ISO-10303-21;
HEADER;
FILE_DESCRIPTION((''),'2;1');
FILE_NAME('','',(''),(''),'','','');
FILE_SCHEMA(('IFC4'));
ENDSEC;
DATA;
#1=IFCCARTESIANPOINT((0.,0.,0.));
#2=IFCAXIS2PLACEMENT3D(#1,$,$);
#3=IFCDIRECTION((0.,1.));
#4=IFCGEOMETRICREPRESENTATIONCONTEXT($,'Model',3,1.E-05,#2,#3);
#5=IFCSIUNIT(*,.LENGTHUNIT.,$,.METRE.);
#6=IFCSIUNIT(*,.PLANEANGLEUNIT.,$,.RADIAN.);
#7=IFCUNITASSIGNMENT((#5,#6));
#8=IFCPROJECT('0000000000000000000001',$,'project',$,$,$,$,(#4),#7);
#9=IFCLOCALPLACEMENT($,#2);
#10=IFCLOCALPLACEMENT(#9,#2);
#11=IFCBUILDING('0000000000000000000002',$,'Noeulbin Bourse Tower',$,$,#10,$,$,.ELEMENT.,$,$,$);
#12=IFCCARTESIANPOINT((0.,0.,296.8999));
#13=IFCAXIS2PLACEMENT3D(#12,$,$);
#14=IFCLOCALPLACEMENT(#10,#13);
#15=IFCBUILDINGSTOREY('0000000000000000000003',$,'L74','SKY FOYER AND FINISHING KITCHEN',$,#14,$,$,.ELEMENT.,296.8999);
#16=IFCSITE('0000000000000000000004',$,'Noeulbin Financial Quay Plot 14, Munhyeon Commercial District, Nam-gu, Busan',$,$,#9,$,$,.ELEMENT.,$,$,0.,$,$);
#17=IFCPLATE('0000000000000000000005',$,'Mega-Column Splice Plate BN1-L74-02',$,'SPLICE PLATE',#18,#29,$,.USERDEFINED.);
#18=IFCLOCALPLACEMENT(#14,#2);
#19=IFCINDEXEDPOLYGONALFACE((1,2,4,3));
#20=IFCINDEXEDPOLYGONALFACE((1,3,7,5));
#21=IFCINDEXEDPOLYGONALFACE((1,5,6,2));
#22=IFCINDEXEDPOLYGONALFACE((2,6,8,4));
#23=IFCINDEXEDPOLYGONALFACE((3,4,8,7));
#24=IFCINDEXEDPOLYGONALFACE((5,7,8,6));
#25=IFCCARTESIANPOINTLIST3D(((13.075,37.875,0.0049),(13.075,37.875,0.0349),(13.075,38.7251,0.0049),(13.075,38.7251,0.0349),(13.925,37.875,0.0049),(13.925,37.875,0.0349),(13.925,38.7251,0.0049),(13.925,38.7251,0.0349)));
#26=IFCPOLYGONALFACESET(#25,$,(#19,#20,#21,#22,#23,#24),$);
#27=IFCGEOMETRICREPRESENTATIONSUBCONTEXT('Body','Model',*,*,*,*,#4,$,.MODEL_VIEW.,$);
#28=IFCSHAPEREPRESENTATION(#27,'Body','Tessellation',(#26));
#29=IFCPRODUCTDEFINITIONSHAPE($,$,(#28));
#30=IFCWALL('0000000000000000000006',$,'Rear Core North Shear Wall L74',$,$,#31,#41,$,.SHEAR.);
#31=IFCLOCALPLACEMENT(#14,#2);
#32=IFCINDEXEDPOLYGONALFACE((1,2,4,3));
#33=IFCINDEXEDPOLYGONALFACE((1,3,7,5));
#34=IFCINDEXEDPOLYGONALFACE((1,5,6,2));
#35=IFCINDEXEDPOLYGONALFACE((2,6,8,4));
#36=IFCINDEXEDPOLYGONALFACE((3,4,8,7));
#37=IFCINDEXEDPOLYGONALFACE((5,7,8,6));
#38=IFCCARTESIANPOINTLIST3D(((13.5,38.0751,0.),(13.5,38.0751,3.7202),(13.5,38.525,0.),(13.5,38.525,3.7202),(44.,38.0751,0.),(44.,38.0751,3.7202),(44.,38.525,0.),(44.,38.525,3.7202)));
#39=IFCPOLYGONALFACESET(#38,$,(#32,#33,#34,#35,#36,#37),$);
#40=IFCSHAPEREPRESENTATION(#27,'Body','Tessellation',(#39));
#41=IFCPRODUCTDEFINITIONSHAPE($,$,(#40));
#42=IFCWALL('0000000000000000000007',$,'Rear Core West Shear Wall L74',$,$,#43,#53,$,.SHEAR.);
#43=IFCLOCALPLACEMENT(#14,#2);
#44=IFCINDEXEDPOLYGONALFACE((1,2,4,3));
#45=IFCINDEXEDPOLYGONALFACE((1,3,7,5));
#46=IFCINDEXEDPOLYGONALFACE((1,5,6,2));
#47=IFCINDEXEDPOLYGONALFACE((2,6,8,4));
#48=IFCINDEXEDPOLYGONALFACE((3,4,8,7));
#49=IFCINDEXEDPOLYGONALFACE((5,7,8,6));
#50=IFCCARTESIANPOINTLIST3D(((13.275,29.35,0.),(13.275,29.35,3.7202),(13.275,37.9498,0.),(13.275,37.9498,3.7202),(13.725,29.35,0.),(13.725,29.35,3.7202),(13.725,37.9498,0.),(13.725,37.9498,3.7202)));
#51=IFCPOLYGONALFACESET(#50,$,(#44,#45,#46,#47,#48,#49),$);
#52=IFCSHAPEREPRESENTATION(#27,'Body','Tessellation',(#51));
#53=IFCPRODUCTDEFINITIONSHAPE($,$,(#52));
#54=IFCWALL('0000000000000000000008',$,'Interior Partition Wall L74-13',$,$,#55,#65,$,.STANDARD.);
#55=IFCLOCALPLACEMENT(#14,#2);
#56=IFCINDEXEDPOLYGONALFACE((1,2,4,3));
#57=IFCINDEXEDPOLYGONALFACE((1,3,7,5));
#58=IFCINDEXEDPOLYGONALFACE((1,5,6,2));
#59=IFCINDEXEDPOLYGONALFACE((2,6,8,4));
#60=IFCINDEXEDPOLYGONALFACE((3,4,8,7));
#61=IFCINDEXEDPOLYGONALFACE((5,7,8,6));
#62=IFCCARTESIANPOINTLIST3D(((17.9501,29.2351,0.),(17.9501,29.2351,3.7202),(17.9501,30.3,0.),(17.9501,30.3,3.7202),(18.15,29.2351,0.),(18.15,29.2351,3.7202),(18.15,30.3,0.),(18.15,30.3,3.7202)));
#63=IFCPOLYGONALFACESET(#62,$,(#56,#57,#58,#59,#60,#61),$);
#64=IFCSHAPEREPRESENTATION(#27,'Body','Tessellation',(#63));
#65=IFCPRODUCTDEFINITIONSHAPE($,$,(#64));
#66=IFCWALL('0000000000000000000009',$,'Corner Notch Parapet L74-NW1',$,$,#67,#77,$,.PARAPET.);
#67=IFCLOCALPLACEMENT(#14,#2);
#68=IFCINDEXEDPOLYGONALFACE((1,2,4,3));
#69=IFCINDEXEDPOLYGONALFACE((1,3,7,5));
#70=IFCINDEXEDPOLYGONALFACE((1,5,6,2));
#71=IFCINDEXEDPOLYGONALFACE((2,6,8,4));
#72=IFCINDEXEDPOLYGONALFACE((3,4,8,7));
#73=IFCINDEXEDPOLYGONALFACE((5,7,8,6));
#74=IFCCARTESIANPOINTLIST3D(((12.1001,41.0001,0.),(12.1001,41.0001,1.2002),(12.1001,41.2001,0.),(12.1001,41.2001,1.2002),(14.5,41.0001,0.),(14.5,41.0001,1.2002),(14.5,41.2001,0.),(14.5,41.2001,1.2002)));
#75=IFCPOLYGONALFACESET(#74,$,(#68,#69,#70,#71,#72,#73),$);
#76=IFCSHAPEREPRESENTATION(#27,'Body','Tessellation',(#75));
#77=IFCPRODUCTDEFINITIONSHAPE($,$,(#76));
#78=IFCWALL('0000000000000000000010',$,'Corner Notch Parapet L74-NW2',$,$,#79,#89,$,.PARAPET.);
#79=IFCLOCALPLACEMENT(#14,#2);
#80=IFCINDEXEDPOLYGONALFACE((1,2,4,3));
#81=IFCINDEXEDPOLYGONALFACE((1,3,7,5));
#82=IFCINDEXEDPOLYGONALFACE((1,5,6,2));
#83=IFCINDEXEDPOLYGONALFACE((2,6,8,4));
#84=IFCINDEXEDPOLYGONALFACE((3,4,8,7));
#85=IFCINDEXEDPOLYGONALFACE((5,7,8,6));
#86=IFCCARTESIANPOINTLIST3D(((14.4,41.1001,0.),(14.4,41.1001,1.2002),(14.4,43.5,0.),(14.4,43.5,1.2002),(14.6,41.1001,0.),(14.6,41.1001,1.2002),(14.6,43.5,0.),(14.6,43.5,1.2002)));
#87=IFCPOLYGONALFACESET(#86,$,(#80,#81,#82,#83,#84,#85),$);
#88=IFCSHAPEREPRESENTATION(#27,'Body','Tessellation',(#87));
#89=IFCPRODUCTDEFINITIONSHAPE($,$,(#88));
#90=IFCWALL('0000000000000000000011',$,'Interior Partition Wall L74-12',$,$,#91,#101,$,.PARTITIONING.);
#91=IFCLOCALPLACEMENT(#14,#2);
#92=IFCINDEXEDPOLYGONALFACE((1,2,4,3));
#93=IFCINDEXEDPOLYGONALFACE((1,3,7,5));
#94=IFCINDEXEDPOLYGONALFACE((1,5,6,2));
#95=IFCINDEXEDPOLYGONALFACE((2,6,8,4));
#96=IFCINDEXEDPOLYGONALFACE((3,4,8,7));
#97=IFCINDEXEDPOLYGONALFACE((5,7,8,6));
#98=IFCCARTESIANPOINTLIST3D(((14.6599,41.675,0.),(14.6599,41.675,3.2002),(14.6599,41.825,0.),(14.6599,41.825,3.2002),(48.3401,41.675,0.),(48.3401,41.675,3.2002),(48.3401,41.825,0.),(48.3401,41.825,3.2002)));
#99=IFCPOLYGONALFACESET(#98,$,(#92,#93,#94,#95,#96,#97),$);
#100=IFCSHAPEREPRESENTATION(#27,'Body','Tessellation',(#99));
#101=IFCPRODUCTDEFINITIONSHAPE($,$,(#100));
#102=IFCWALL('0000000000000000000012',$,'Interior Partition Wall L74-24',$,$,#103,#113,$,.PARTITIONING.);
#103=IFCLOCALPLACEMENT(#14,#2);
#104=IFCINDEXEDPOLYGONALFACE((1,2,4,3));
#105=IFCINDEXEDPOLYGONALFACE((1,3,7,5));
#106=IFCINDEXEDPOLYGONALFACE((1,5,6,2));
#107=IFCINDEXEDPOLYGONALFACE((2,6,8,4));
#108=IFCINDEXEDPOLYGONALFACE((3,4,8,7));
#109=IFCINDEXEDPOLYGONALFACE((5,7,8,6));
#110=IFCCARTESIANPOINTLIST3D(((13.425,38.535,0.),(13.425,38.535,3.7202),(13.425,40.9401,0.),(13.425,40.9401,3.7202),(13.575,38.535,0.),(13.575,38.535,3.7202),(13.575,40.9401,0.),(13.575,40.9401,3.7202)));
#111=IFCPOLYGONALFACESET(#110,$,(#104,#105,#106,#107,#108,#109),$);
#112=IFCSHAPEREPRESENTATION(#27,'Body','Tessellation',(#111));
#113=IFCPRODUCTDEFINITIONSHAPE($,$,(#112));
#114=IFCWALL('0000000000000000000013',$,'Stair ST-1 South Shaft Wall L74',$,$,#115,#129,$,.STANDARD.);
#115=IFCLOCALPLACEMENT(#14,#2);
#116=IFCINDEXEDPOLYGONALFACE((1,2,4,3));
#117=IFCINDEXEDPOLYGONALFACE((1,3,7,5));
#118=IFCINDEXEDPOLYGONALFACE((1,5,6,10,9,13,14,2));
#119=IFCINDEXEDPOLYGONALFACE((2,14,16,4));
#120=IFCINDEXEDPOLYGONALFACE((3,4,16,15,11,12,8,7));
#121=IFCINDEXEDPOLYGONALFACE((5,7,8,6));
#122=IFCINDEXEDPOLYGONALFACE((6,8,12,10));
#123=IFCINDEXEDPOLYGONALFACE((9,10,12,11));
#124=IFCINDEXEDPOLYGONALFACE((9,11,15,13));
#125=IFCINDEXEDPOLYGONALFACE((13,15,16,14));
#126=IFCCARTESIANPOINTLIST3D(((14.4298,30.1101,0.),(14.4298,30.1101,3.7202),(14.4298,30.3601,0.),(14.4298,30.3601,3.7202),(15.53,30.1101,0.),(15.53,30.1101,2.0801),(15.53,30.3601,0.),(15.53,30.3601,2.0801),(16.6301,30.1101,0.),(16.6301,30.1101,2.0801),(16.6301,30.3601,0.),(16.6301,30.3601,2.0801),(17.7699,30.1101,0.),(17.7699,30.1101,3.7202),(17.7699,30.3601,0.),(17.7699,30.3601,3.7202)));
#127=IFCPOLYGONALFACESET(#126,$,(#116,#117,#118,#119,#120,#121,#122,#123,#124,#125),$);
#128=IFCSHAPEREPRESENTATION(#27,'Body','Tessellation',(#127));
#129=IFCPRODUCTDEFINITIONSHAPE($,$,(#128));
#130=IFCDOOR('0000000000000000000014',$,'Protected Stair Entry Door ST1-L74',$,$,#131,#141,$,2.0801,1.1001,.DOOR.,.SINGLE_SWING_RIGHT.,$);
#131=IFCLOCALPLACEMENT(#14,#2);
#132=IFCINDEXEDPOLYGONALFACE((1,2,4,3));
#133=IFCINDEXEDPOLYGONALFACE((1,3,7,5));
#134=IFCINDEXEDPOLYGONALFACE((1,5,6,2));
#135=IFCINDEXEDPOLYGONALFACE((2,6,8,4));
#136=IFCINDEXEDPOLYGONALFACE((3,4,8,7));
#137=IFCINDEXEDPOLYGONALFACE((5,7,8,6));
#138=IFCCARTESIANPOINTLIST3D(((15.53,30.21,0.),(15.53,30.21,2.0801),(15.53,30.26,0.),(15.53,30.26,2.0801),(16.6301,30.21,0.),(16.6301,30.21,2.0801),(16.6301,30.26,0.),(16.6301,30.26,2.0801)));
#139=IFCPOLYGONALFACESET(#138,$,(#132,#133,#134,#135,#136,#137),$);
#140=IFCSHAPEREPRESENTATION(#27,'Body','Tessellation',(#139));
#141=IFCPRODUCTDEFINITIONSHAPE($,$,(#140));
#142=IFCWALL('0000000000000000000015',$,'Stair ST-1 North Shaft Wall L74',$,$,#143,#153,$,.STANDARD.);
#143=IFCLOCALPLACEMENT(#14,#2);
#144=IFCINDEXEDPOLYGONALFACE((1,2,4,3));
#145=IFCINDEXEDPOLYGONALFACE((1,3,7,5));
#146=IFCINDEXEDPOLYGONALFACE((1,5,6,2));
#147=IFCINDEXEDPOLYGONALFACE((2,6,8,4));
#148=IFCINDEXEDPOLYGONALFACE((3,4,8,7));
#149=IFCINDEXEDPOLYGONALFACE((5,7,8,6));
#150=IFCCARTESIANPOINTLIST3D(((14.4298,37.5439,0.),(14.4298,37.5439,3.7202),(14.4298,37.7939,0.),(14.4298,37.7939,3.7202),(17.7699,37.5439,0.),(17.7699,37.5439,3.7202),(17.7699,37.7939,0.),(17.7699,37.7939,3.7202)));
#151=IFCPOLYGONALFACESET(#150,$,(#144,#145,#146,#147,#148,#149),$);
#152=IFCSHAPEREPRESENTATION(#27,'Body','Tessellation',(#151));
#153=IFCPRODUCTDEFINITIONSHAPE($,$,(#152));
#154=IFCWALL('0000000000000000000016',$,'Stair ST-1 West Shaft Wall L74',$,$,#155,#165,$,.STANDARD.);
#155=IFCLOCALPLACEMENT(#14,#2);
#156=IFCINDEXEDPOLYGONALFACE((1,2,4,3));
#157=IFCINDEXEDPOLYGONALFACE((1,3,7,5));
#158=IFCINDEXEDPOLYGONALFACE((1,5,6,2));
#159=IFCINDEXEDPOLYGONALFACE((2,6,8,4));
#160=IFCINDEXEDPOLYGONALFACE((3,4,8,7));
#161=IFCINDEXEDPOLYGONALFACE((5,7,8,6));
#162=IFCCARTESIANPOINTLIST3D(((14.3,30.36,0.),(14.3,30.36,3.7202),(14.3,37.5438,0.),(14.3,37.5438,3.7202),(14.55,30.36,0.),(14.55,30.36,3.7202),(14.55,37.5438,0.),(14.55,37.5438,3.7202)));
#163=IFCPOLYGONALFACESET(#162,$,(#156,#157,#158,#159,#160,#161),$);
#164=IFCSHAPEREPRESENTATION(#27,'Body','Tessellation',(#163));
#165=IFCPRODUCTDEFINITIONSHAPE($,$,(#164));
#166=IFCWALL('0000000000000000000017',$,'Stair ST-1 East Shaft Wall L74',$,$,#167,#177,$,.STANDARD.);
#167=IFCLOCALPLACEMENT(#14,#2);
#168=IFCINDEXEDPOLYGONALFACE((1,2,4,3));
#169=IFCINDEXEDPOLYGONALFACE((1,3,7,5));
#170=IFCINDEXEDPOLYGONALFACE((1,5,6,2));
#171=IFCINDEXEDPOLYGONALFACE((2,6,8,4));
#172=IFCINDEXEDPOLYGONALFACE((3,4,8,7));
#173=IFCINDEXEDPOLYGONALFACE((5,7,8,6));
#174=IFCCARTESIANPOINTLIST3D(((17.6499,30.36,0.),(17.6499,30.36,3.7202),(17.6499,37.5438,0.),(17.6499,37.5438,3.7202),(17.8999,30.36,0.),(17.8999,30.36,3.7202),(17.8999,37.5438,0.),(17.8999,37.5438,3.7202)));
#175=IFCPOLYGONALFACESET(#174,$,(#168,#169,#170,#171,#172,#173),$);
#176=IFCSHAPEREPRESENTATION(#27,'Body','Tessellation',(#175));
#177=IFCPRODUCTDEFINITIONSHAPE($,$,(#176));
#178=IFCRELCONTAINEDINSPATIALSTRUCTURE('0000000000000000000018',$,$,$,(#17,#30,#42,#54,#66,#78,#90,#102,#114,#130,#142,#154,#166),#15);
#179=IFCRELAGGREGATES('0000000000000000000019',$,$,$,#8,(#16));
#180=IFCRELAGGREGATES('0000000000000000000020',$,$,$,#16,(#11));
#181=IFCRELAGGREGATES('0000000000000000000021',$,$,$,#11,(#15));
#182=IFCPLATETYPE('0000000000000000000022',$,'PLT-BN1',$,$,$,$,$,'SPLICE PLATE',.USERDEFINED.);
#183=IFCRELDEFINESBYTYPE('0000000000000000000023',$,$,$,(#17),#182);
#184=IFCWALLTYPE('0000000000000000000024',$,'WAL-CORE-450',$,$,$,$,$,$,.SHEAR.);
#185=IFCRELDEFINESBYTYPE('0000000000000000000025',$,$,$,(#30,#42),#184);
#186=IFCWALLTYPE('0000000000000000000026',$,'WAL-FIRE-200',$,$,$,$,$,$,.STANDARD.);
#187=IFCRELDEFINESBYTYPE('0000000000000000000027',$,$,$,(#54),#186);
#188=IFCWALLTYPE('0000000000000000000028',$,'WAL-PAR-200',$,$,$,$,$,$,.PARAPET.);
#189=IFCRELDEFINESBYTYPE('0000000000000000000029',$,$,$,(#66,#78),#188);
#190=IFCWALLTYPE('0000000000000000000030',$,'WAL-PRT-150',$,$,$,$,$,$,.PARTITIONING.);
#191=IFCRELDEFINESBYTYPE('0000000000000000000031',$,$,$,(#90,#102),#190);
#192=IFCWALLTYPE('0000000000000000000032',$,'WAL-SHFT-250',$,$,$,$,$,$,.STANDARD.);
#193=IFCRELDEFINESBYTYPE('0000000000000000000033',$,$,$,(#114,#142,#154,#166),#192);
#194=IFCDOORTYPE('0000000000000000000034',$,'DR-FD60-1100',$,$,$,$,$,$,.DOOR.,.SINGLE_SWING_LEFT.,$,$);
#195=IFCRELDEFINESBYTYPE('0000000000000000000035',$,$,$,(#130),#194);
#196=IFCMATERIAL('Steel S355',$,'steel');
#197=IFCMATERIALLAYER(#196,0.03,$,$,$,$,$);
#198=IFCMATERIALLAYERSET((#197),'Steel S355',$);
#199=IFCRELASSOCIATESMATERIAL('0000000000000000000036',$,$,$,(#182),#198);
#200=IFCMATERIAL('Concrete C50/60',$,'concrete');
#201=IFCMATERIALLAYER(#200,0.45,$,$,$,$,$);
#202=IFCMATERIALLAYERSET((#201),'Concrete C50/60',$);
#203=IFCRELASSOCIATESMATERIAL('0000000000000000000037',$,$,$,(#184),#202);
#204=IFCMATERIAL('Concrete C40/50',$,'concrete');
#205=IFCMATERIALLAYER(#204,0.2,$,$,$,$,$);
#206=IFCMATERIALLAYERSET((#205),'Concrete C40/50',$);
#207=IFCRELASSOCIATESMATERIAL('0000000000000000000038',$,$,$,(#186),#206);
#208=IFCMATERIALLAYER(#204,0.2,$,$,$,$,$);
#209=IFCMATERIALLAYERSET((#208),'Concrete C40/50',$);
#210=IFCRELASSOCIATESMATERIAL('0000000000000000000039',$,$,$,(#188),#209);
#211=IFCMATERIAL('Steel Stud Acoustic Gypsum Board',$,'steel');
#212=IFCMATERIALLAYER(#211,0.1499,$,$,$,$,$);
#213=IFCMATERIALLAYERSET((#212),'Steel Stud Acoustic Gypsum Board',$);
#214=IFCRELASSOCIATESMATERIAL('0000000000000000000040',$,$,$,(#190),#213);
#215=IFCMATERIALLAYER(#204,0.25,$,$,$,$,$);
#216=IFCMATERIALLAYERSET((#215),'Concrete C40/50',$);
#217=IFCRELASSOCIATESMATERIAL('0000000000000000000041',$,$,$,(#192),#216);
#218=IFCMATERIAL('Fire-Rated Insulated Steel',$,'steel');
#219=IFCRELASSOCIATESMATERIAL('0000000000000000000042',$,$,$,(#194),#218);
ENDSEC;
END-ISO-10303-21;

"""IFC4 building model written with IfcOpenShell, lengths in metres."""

from ifc_helpers import new_model, si_unit, direction, frame, frame_2d, origin, origin_2d, place, context, subcontext, project, spatial, rectangle, extrude, material, layer, layer_set, type_object, element, fill, save


model = new_model("IFC4")

# Units and contexts
model_context = context("Model", 3, precision=1e-05, world=origin(), true_north=direction((0.0, 1.0)))
body_context = subcontext(model_context, "Body", "Model", "MODEL_VIEW")
ifc_project = project(units=[si_unit("LENGTHUNIT", "METRE"), si_unit("PLANEANGLEUNIT", "RADIAN")], contexts=[model_context])

# Site, building, storey
site_placement = place(None, origin())
site = spatial("IfcSite", under=ifc_project, at=site_placement, Name="Noeulbin Financial Quay Plot 14, Munhyeon Commercial District, Nam-gu, Busan", CompositionType="ELEMENT", RefElevation=0.0)
building_placement = place(site_placement, origin())
building = spatial("IfcBuilding", under=site, at=building_placement, Name="Noeulbin Bourse Tower", CompositionType="ELEMENT")
storey_placement = place(building_placement, frame((0.0, 0.0, 296.8999)))
storey = spatial("IfcBuildingStorey", under=building, at=storey_placement, Name="L74", Description="SKY FOYER AND FINISHING KITCHEN", CompositionType="ELEMENT", Elevation=296.8999)

# Shared definitions
ifc_material_1 = material(Name="Steel S355", Category="steel")

# Plate
ifc_layer_1 = layer(ifc_material_1, 0.03)
ifc_layer_set_1 = layer_set([ifc_layer_1], Name="Steel S355")
plate_type_1 = type_object("IfcPlateType", Name="PLT-BN1", ElementType="SPLICE PLATE", PredefinedType="USERDEFINED", material=ifc_layer_set_1)
plate_1_placement = place(storey_placement, frame((13.5, 38.3, 0.0049), z_axis=(0.0, 0.0, 1.0), x_axis=(1.0, 0.0, 0.0)))
element("IfcPlate", 1, at=plate_1_placement, inside=storey, type_object=plate_type_1, Name="Mega-Column Splice Plate BN1-L74-02", ObjectType="SPLICE PLATE", PredefinedType="USERDEFINED", context=body_context, shape_type="SweptSolid", body=[
    extrude(rectangle(XDim=0.8501, YDim=0.8501, at=origin_2d()), origin(), (0.0, 0.0, 1.0), 0.03),
])

# Walls
ifc_material_2 = material(Name="Concrete C50/60", Category="concrete")
ifc_layer_2 = layer(ifc_material_2, 0.45)
ifc_layer_set_2 = layer_set([ifc_layer_2], Name="Concrete C50/60")
wall_type_1 = type_object("IfcWallType", Name="WAL-CORE-450", PredefinedType="SHEAR", material=ifc_layer_set_2)
wall_1_placement = place(storey_placement, frame((13.5, 38.3, 0.0), z_axis=(0.0, 0.0, 1.0), x_axis=(1.0, 0.0, 0.0)))
element("IfcWall", 2, at=wall_1_placement, inside=storey, type_object=wall_type_1, Name="Rear Core North Shear Wall L74", PredefinedType="SHEAR", context=body_context, shape_type="SweptSolid", body=[
    extrude(rectangle(XDim=30.5, YDim=0.45, at=frame_2d((15.25, 0.0))), origin(), (0.0, 0.0, 1.0), 3.7202),
])
wall_2_placement = place(storey_placement, frame((13.5, 29.3501, 0.0), z_axis=(0.0, 0.0, 1.0), x_axis=(0.0, 1.0, 0.0)))
element("IfcWall", 3, at=wall_2_placement, inside=storey, type_object=wall_type_1, Name="Rear Core West Shear Wall L74", PredefinedType="SHEAR", context=body_context, shape_type="SweptSolid", body=[
    extrude(rectangle(XDim=8.5999, YDim=0.45, at=frame_2d((4.2998, 0.0))), origin(), (0.0, 0.0, 1.0), 3.7202),
])
ifc_material_3 = material(Name="Concrete C40/50", Category="concrete")
ifc_layer_3 = layer(ifc_material_3, 0.2)
ifc_layer_set_3 = layer_set([ifc_layer_3], Name="Concrete C40/50")
wall_type_2 = type_object("IfcWallType", Name="WAL-FIRE-200", PredefinedType="STANDARD", material=ifc_layer_set_3)
wall_3_placement = place(storey_placement, frame((18.05, 29.2351, 0.0), z_axis=(0.0, 0.0, 1.0), x_axis=(0.0, 1.0, 0.0)))
element("IfcWall", 4, at=wall_3_placement, inside=storey, type_object=wall_type_2, Name="Interior Partition Wall L74-13", PredefinedType="STANDARD", context=body_context, shape_type="SweptSolid", body=[
    extrude(rectangle(XDim=1.0649, YDim=0.2, at=frame_2d((0.5325, 0.0))), origin(), (0.0, 0.0, 1.0), 3.7202),
])
ifc_layer_4 = layer(ifc_material_3, 0.2)
ifc_layer_set_4 = layer_set([ifc_layer_4], Name="Concrete C40/50")
wall_type_3 = type_object("IfcWallType", Name="WAL-PAR-200", PredefinedType="PARAPET", material=ifc_layer_set_4)
for number, where, z_axis, x_axis, name in (
    (5, (12.1001, 41.1001, 0.0), (0.0, 0.0, 1.0), (1.0, 0.0, 0.0), "Corner Notch Parapet L74-NW1"),
    (6, (14.5, 41.1001, 0.0), (0.0, 0.0, 1.0), (0.0, 1.0, 0.0), "Corner Notch Parapet L74-NW2"),
):
    element("IfcWall", number, at=place(storey_placement, frame(where, z_axis=z_axis, x_axis=x_axis)), inside=storey, type_object=wall_type_3, Name=name, PredefinedType="PARAPET", context=body_context, shape_type="SweptSolid", body=[
        extrude(rectangle(XDim=2.3999, YDim=0.2, at=frame_2d((1.2, 0.0))), origin(), (0.0, 0.0, 1.0), 1.2002),
    ])
ifc_material_4 = material(Name="Steel Stud Acoustic Gypsum Board", Category="steel")
ifc_layer_5 = layer(ifc_material_4, 0.1499)
ifc_layer_set_5 = layer_set([ifc_layer_5], Name="Steel Stud Acoustic Gypsum Board")
wall_type_4 = type_object("IfcWallType", Name="WAL-PRT-150", PredefinedType="PARTITIONING", material=ifc_layer_set_5)
wall_4_placement = place(storey_placement, frame((14.6599, 41.75, 0.0), z_axis=(0.0, 0.0, 1.0), x_axis=(1.0, 0.0, 0.0)))
element("IfcWall", 7, at=wall_4_placement, inside=storey, type_object=wall_type_4, Name="Interior Partition Wall L74-12", PredefinedType="PARTITIONING", context=body_context, shape_type="SweptSolid", body=[
    extrude(rectangle(XDim=33.6802, YDim=0.1499, at=frame_2d((16.8401, 0.0))), origin(), (0.0, 0.0, 1.0), 3.2002),
])
wall_5_placement = place(storey_placement, frame((13.5, 38.5349, 0.0), z_axis=(0.0, 0.0, 1.0), x_axis=(0.0, 1.0, 0.0)))
element("IfcWall", 8, at=wall_5_placement, inside=storey, type_object=wall_type_4, Name="Interior Partition Wall L74-24", PredefinedType="PARTITIONING", context=body_context, shape_type="SweptSolid", body=[
    extrude(rectangle(XDim=2.405, YDim=0.1499, at=frame_2d((1.2026, 0.0))), origin(), (0.0, 0.0, 1.0), 3.7202),
])

# Wall, opening, door
ifc_layer_6 = layer(ifc_material_3, 0.25)
ifc_layer_set_6 = layer_set([ifc_layer_6], Name="Concrete C40/50")
wall_type_5 = type_object("IfcWallType", Name="WAL-SHFT-250", PredefinedType="STANDARD", material=ifc_layer_set_6)
wall_6_placement = place(storey_placement, frame((14.4299, 30.2351, 0.0), z_axis=(0.0, 0.0, 1.0), x_axis=(1.0, 0.0, 0.0)))
wall_6 = element("IfcWall", 9, at=wall_6_placement, inside=storey, type_object=wall_type_5, Name="Stair ST-1 South Shaft Wall L74", PredefinedType="STANDARD", context=body_context, shape_type="SweptSolid", body=[
    extrude(rectangle(XDim=3.3401, YDim=0.25, at=frame_2d((1.6699, 0.0))), origin(), (0.0, 0.0, 1.0), 3.7202),
])
opening_1_placement = place(wall_6_placement, frame((1.1001, 0.0, 0.0)))
opening_1 = element("IfcOpeningElement", 10, at=opening_1_placement, cuts=wall_6, PredefinedType="OPENING", context=body_context, shape_type="SweptSolid", body=[
    extrude(rectangle(XDim=1.1001, YDim=2.0801, at=frame_2d((0.55, 1.04))), frame((0.0, 0.135, 0.0), z_axis=(0.0, -1.0, 0.0), x_axis=(1.0, 0.0, 0.0)), (0.0, 0.0, 1.0), 0.27),
])
ifc_material_5 = material(Name="Fire-Rated Insulated Steel", Category="steel")
door_type_1 = type_object("IfcDoorType", Name="DR-FD60-1100", OperationType="SINGLE_SWING_LEFT", PredefinedType="DOOR", material=ifc_material_5)
door_1_placement = place(opening_1_placement, origin())
door_1 = element("IfcDoor", 11, at=door_1_placement, inside=storey, type_object=door_type_1, Name="Protected Stair Entry Door ST1-L74", OperationType="SINGLE_SWING_RIGHT", OverallHeight=2.0801, OverallWidth=1.1001, PredefinedType="DOOR", context=body_context, shape_type="SweptSolid", body=[
    extrude(rectangle(XDim=1.1001, YDim=2.0801, at=frame_2d((0.55, 1.04))), frame((0.0, 0.0249, 0.0), z_axis=(0.0, -1.0, 0.0), x_axis=(1.0, 0.0, 0.0)), (0.0, 0.0, 1.0), 0.05),
])
fill(opening_1, door_1)

# Walls
wall_7_placement = place(storey_placement, frame((14.4299, 37.6689, 0.0), z_axis=(0.0, 0.0, 1.0), x_axis=(1.0, 0.0, 0.0)))
element("IfcWall", 12, at=wall_7_placement, inside=storey, type_object=wall_type_5, Name="Stair ST-1 North Shaft Wall L74", PredefinedType="STANDARD", context=body_context, shape_type="SweptSolid", body=[
    extrude(rectangle(XDim=3.3401, YDim=0.25, at=frame_2d((1.6699, 0.0))), origin(), (0.0, 0.0, 1.0), 3.7202),
])
for number, where, z_axis, x_axis, name in (
    (13, (14.425, 30.3601, 0.0), (0.0, 0.0, 1.0), (0.0, 1.0, 0.0), "Stair ST-1 West Shaft Wall L74"),
    (14, (17.7749, 30.3601, 0.0), (0.0, 0.0, 1.0), (0.0, 1.0, 0.0), "Stair ST-1 East Shaft Wall L74"),
):
    element("IfcWall", number, at=place(storey_placement, frame(where, z_axis=z_axis, x_axis=x_axis)), inside=storey, type_object=wall_type_5, Name=name, PredefinedType="STANDARD", context=body_context, shape_type="SweptSolid", body=[
        extrude(rectangle(XDim=7.1838, YDim=0.25, at=frame_2d((3.5918, 0.0))), origin(), (0.0, 0.0, 1.0), 3.7202),
    ])

save(model, "model.ifc")
